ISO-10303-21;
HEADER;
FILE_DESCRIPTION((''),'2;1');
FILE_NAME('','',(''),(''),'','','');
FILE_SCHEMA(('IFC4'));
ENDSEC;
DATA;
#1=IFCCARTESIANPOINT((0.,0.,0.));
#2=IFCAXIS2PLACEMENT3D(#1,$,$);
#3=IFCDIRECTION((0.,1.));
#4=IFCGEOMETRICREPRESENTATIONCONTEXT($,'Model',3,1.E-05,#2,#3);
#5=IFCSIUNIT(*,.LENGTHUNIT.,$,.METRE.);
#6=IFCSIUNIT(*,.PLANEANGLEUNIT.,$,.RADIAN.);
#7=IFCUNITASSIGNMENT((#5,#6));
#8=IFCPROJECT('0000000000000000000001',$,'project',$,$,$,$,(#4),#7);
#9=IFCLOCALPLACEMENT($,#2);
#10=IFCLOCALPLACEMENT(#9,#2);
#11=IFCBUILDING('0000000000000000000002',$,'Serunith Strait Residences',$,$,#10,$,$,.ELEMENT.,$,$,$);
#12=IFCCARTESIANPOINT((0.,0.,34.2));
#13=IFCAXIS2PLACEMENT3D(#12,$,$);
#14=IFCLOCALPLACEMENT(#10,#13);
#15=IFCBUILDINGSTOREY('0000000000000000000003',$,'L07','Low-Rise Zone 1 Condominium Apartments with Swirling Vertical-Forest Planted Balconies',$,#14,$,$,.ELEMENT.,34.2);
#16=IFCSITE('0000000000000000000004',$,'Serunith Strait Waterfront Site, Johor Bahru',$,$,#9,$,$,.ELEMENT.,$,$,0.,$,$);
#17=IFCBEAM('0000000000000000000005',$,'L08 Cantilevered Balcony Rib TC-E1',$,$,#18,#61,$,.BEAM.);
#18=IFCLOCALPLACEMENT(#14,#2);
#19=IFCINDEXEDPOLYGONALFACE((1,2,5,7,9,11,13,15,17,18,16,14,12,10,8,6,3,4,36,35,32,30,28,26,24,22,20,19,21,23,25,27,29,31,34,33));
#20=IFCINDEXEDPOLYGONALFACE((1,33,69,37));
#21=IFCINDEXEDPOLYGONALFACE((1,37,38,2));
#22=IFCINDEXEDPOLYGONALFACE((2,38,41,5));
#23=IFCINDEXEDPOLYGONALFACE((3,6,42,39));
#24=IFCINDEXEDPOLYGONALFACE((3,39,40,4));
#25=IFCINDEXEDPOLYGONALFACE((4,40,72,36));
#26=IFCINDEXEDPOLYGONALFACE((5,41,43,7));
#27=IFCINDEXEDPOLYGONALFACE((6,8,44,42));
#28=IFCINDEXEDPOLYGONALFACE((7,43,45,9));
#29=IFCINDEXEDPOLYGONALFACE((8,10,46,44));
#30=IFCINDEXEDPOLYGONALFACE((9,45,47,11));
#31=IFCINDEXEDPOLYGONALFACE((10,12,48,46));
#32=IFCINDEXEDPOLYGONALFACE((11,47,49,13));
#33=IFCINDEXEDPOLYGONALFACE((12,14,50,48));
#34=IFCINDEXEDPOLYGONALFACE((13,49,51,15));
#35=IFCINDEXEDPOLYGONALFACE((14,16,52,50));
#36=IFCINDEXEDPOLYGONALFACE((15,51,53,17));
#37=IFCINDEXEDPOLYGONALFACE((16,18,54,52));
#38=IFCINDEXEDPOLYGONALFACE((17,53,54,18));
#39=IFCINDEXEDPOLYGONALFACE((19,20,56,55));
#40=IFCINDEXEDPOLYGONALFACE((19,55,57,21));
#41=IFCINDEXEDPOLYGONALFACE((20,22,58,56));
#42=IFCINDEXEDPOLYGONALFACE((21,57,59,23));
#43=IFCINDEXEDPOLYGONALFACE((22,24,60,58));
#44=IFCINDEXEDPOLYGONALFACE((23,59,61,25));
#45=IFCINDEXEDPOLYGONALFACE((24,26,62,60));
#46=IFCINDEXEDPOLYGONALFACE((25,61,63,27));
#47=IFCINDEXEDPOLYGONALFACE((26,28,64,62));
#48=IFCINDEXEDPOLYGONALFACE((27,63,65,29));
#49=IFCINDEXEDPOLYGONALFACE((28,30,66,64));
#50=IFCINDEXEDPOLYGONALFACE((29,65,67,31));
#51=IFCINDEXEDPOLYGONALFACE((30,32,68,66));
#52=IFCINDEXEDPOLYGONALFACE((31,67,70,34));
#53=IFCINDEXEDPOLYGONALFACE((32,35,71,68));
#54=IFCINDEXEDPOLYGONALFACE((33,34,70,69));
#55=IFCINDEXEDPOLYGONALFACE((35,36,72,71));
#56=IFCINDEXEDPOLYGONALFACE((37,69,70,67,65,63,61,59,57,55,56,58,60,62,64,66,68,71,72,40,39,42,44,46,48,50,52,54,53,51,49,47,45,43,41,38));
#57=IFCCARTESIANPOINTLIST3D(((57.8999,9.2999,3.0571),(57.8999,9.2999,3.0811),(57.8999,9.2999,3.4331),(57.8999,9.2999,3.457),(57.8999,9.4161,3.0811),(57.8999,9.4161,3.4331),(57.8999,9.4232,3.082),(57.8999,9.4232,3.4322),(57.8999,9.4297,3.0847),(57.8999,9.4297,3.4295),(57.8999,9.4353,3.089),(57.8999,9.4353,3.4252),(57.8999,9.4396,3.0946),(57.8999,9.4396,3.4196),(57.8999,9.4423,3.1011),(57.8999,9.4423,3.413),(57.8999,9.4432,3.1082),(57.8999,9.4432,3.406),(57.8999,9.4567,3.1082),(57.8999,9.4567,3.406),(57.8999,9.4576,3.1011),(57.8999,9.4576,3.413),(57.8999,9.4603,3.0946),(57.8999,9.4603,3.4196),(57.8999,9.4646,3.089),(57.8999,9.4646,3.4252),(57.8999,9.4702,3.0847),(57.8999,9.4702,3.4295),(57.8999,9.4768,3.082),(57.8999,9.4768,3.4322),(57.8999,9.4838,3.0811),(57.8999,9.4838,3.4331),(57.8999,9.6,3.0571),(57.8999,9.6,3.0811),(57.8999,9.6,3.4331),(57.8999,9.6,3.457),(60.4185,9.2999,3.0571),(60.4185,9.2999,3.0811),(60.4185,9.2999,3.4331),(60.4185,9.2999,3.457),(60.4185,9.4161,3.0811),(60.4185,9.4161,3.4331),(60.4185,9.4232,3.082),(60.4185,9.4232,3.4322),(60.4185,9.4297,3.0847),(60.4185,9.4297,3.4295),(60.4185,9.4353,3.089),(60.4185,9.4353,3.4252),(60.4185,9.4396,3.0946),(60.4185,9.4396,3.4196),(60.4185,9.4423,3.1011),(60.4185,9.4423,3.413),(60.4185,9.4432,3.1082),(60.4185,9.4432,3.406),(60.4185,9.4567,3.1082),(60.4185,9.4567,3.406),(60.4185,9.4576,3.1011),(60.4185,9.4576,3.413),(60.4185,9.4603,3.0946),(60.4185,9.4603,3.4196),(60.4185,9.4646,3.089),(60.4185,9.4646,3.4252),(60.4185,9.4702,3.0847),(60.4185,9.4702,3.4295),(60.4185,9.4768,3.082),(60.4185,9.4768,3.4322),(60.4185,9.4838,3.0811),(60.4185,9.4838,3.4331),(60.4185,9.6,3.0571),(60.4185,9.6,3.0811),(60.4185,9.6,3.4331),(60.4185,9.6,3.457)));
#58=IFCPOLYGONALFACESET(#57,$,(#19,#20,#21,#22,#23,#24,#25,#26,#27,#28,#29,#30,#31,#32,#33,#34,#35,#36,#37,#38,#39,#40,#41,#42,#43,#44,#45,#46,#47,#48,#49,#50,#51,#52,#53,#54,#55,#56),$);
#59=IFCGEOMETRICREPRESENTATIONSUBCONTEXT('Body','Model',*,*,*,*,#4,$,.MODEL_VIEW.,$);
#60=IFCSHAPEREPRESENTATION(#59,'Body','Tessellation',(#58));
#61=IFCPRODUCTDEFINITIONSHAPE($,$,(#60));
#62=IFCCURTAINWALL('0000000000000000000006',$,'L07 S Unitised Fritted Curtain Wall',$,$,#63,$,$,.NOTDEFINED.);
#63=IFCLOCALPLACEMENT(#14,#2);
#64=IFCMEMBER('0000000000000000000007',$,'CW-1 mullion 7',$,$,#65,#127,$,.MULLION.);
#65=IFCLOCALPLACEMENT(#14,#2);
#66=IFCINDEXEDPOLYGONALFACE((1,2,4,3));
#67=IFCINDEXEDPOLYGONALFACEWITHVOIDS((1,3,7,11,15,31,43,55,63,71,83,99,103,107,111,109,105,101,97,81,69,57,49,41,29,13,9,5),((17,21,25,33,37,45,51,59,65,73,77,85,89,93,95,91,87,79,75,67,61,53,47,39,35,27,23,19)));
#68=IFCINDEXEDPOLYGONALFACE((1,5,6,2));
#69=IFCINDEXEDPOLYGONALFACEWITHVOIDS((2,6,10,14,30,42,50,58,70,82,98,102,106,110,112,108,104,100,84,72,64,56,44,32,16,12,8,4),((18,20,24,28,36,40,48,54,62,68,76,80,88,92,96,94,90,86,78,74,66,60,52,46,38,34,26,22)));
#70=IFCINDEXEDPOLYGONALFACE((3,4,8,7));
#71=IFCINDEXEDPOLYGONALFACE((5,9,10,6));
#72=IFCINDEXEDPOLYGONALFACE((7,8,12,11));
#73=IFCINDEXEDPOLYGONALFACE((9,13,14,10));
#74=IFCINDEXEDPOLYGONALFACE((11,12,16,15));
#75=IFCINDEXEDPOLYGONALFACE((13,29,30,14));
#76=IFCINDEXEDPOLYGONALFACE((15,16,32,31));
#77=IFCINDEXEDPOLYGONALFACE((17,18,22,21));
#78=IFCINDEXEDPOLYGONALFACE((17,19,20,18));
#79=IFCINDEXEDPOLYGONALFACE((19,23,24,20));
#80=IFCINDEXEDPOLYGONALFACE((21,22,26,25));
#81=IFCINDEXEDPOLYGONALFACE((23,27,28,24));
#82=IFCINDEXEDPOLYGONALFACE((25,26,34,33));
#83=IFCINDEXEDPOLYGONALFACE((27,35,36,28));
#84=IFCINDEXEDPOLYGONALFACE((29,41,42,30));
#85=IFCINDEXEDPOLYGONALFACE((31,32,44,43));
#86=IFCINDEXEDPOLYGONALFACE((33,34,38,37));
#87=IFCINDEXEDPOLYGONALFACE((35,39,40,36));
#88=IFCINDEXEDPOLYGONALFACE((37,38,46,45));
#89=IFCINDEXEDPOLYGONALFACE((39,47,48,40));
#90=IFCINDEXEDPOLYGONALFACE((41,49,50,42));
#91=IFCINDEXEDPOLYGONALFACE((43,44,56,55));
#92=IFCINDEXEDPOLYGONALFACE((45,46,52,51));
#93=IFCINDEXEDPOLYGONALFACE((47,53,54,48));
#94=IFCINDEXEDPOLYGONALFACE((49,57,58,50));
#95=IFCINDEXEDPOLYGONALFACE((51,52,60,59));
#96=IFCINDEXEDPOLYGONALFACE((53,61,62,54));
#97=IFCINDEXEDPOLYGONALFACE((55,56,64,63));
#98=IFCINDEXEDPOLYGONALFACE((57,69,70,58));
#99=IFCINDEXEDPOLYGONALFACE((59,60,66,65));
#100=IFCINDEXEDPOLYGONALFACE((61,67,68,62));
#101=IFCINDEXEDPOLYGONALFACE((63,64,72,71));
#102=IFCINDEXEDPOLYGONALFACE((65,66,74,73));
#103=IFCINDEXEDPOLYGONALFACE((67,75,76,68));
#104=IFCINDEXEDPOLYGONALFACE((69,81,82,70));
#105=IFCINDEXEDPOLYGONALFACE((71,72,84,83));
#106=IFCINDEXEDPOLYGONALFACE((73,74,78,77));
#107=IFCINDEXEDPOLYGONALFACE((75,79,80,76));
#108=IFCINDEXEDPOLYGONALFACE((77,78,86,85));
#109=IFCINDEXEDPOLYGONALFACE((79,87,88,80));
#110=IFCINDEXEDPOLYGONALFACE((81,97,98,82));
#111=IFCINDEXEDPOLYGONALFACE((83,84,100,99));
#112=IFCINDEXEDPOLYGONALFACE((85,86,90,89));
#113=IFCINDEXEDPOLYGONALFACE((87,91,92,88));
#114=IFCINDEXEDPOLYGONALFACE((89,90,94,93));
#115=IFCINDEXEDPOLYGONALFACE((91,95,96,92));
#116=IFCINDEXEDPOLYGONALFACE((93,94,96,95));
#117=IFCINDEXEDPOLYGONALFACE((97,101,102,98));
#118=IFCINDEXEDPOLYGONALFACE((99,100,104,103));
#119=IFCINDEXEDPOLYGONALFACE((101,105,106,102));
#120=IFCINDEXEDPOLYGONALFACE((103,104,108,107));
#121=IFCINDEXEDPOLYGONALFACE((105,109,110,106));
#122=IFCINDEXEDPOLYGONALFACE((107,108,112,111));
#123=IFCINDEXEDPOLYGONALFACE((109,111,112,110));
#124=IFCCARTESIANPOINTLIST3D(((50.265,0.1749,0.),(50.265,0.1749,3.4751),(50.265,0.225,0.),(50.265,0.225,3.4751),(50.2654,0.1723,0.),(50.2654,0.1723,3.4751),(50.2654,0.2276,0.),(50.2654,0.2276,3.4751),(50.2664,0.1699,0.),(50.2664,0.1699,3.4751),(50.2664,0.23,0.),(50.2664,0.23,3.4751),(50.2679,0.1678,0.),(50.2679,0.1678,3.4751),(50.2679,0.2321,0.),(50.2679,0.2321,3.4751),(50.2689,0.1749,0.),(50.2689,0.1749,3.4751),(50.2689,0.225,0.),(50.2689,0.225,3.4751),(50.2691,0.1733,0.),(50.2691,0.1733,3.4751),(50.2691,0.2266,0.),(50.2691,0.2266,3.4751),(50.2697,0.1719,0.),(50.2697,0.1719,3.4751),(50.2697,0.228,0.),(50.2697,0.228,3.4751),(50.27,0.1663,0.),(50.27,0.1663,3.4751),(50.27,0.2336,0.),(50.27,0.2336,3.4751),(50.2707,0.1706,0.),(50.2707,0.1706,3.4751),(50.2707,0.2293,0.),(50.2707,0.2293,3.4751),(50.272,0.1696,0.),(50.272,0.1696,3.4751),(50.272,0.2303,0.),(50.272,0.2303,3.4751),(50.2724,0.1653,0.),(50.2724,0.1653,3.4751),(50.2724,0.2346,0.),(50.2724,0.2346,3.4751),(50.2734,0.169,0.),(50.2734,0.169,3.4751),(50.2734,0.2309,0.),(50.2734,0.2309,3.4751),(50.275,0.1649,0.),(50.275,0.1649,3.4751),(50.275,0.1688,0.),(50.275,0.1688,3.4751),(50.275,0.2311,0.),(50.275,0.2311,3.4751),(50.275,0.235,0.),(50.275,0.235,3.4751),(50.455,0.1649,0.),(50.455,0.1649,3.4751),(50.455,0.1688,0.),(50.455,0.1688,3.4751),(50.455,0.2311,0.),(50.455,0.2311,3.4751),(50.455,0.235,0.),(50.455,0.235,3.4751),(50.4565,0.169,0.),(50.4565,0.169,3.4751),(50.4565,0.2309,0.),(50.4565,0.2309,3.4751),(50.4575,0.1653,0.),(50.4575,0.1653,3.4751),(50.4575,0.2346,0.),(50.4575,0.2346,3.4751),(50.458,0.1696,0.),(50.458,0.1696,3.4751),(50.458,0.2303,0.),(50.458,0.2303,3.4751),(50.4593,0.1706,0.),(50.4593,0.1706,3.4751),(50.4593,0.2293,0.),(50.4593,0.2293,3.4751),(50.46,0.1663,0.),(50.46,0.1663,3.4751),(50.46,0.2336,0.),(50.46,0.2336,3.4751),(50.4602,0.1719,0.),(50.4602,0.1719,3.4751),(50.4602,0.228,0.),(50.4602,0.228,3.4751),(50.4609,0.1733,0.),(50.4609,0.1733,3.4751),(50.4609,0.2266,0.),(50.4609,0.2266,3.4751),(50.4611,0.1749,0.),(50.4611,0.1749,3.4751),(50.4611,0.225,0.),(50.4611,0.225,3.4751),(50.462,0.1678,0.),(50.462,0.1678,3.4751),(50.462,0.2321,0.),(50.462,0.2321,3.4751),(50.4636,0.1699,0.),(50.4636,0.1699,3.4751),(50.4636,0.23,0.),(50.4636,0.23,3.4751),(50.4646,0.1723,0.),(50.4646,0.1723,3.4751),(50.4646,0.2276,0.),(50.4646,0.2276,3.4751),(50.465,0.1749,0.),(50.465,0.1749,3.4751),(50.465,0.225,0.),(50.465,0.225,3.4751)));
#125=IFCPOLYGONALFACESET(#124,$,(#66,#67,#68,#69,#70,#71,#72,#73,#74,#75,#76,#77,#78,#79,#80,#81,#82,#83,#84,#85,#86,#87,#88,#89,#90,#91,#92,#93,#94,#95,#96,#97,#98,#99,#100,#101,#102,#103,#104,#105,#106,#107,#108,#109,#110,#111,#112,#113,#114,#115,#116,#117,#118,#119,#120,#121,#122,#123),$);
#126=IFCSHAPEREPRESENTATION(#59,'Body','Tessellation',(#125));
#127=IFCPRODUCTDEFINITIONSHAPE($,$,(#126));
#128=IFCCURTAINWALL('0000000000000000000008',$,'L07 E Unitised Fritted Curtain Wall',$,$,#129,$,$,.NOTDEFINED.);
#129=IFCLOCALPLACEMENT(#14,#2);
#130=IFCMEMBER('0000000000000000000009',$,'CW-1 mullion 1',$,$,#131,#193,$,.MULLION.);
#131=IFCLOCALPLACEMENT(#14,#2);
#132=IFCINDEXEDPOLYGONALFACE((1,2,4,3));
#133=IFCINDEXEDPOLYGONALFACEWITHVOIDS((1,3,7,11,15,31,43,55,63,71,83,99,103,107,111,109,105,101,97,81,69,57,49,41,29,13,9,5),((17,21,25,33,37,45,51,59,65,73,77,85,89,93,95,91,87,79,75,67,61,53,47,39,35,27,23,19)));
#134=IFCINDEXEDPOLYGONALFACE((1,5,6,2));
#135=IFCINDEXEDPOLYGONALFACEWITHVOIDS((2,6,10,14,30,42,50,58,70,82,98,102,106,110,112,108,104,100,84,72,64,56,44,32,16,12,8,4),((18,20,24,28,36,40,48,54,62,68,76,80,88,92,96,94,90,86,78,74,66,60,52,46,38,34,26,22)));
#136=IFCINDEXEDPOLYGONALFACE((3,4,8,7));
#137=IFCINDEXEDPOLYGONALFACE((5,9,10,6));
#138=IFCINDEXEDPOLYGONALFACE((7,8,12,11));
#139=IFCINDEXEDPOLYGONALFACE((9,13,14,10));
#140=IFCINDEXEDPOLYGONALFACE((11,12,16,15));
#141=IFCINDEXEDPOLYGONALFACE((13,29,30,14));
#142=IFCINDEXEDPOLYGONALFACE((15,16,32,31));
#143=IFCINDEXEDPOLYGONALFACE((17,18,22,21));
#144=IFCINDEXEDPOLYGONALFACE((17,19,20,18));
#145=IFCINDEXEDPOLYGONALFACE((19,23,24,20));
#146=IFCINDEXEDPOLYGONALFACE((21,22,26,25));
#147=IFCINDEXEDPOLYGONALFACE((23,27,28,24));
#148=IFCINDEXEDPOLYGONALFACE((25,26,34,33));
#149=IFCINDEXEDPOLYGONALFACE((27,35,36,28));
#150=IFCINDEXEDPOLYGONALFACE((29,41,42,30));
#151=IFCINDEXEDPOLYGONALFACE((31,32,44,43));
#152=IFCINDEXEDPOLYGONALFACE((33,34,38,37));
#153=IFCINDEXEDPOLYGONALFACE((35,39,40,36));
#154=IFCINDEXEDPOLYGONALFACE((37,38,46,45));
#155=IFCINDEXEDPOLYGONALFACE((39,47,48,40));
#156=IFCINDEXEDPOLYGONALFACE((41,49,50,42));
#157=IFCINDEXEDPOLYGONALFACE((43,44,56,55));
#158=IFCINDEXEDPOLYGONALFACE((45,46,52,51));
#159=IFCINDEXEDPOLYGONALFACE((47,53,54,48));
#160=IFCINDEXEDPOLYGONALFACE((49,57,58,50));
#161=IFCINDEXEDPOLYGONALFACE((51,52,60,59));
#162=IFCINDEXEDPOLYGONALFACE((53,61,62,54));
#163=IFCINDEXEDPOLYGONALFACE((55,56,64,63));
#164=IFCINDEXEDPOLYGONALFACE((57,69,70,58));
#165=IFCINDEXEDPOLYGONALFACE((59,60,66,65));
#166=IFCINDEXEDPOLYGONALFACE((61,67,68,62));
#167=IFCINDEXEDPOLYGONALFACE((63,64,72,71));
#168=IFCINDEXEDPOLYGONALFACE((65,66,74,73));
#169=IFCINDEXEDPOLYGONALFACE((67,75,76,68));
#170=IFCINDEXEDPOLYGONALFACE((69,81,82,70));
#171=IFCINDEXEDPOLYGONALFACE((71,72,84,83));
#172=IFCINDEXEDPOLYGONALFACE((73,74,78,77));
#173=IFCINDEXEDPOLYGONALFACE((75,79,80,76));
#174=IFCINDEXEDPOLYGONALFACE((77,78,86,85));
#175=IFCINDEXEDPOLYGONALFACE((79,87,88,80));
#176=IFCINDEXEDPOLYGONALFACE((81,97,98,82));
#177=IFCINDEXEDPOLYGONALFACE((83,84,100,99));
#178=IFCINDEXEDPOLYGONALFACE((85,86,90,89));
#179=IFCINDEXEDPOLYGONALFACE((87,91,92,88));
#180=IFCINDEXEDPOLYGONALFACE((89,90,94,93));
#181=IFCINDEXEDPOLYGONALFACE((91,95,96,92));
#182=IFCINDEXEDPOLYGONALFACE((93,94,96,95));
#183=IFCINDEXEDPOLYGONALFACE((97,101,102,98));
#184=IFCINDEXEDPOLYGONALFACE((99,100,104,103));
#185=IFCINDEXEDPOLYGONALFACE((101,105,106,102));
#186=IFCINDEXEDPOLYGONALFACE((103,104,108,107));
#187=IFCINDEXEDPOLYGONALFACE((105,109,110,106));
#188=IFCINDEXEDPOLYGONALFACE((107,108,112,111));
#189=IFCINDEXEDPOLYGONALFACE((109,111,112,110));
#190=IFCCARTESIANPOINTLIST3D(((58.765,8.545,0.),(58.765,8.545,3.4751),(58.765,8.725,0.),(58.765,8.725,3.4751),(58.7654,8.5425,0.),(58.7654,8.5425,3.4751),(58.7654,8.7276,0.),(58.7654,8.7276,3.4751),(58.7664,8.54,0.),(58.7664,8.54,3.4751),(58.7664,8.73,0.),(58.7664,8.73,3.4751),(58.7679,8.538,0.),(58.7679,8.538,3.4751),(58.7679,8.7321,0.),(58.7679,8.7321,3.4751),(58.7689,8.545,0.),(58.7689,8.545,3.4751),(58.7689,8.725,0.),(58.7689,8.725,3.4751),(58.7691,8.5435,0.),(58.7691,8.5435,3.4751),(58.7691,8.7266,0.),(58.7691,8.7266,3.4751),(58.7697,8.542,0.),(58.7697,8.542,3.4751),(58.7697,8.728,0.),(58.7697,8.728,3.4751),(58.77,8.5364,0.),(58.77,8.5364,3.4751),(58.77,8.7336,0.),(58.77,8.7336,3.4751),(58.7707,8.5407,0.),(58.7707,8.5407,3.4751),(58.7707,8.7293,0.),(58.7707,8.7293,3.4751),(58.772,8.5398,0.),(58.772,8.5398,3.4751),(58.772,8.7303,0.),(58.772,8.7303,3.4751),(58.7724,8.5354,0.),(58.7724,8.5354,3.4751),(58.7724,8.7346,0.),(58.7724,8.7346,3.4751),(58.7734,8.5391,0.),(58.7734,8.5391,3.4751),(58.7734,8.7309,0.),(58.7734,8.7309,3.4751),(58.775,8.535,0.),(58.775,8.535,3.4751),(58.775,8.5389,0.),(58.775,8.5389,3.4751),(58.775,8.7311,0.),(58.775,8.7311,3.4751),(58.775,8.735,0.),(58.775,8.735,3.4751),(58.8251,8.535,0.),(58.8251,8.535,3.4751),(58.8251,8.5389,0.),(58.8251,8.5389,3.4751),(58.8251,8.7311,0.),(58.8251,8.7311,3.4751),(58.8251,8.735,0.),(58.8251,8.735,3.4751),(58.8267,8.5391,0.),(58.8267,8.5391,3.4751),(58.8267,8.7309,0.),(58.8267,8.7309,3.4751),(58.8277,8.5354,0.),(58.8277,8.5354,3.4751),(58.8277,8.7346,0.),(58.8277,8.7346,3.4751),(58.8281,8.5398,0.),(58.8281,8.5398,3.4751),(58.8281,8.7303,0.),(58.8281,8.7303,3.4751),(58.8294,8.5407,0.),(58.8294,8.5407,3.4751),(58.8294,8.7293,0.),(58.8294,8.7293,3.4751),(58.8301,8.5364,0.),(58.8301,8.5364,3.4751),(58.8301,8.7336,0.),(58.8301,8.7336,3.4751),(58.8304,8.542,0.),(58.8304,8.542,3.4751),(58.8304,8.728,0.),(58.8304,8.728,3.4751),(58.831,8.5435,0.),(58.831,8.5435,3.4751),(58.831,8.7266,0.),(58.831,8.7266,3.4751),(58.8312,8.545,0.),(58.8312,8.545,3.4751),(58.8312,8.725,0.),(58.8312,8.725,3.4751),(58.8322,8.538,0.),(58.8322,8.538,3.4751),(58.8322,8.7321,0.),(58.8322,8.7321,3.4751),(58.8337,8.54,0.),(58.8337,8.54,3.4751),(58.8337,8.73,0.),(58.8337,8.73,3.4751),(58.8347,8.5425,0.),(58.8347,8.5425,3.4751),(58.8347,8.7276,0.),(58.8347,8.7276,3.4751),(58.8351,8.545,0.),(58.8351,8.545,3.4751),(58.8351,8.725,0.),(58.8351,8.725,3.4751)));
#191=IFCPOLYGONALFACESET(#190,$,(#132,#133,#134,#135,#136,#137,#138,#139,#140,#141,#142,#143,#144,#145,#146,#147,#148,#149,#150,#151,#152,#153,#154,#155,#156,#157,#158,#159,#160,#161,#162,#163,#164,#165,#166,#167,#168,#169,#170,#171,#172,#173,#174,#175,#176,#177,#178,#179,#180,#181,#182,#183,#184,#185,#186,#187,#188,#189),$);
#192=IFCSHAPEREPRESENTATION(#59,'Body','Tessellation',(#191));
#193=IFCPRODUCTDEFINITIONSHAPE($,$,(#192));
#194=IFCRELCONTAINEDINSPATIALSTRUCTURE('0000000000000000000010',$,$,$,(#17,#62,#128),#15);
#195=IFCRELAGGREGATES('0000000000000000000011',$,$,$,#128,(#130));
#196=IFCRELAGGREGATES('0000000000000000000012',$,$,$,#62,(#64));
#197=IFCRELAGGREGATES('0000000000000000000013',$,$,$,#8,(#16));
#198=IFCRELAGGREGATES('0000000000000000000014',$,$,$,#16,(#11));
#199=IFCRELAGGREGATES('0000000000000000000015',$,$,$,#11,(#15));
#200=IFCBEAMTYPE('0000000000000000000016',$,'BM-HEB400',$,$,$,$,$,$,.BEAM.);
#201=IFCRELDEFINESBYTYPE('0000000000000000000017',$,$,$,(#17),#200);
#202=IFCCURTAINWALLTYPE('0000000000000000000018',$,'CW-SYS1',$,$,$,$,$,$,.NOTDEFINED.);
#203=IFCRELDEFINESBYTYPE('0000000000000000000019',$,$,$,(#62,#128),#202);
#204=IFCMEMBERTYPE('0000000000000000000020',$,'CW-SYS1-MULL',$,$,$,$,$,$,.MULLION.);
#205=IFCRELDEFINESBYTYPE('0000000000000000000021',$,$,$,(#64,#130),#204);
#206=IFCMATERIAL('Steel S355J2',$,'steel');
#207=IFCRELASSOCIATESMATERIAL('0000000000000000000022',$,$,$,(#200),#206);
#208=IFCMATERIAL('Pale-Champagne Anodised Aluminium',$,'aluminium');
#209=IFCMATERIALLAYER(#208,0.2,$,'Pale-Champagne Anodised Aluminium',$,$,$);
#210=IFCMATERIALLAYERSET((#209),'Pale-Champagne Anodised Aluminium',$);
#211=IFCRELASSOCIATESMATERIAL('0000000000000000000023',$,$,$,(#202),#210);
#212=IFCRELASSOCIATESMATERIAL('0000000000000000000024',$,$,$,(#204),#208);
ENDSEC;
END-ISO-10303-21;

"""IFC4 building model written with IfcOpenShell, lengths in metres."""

from ifc_helpers import new_model, si_unit, direction, frame, origin, origin_2d, place, context, subcontext, project, spatial, hollow_rectangle, i_section, extrude, source, transform, mapped, material, layer, layer_set, material_profile, profile_set, type_object, element, aggregate, save


model = new_model("IFC4")

# Units and contexts
model_context = context("Model", 3, precision=1e-05, world=origin(), true_north=direction((0.0, 1.0)))
body_context = subcontext(model_context, "Body", "Model", "MODEL_VIEW")
ifc_project = project(units=[si_unit("LENGTHUNIT", "METRE"), si_unit("PLANEANGLEUNIT", "RADIAN")], contexts=[model_context])

# Site, building, storey
site_placement = place(None, origin())
site = spatial("IfcSite", under=ifc_project, at=site_placement, Name="Serunith Strait Waterfront Site, Johor Bahru", CompositionType="ELEMENT", RefElevation=0.0)
building_placement = place(site_placement, origin())
building = spatial("IfcBuilding", under=site, at=building_placement, Name="Serunith Strait Residences", CompositionType="ELEMENT")
storey_placement = place(building_placement, frame((0.0, 0.0, 34.2)))
storey = spatial("IfcBuildingStorey", under=building, at=storey_placement, Name="L07", Description="Low-Rise Zone 1 Condominium Apartments with Swirling Vertical-Forest Planted Balconies", CompositionType="ELEMENT", Elevation=34.2)

# Beam
ifc_material_1 = material(Name="Steel S355J2", Category="steel")
ifc_material_profile_1 = material_profile(ifc_material_1, i_section(OverallWidth=0.3, OverallDepth=0.3999, WebThickness=0.0134, FlangeThickness=0.0239, FilletRadius=0.0271, at=origin_2d()), Name="HEB 400")
ifc_profile_set_1 = profile_set([ifc_material_profile_1], Name="Steel S355J2")
beam_type_1 = type_object("IfcBeamType", Name="BM-HEB400", PredefinedType="BEAM", material=ifc_profile_set_1)
shared_shape_1 = source(origin(), body_context, "Body", "SweptSolid", [
    extrude(i_section(OverallWidth=0.3, OverallDepth=0.3999, WebThickness=0.0134, FlangeThickness=0.0239, FilletRadius=0.0271, at=origin_2d()), origin(), (0.0, 0.0, 1.0), 2.5186),
])
beam_1_placement = place(storey_placement, frame((57.8999, 9.45, 3.2571), z_axis=(1.0, 0.0, 0.0), x_axis=(0.0, 1.0, 0.0)))
element("IfcBeam", 1, at=beam_1_placement, inside=storey, type_object=beam_type_1, Name="L08 Cantilevered Balcony Rib TC-E1", PredefinedType="BEAM", context=body_context, shape_type="MappedRepresentation", body=[
    mapped(shared_shape_1, transform((0.0, 0.0, 0.0), scale=1.0)),
])

# Curtain wall, member
ifc_material_2 = material(Name="Pale-Champagne Anodised Aluminium", Category="aluminium")
ifc_layer_1 = layer(ifc_material_2, 0.2, Name="Pale-Champagne Anodised Aluminium")
ifc_layer_set_1 = layer_set([ifc_layer_1], Name="Pale-Champagne Anodised Aluminium")
curtain_wall_type = type_object("IfcCurtainWallType", Name="CW-SYS1", PredefinedType="NOTDEFINED", material=ifc_layer_set_1)
curtain_wall_1_placement = place(storey_placement, origin())
curtain_wall_1 = element("IfcCurtainWall", 2, at=curtain_wall_1_placement, inside=storey, type_object=curtain_wall_type, Name="L07 S Unitised Fritted Curtain Wall", PredefinedType="NOTDEFINED")
ifc_material_profile_2 = material_profile(ifc_material_2, hollow_rectangle(XDim=0.0701, YDim=0.2, WallThickness=0.0039, InnerFilletRadius=0.0061, OuterFilletRadius=0.01, at=origin_2d()), Name="ALU 200x70x4")
ifc_profile_set_2 = profile_set([ifc_material_profile_2], Name="Pale-Champagne Anodised Aluminium")
member_type_1 = type_object("IfcMemberType", Name="CW-SYS1-MULL", PredefinedType="MULLION", material=ifc_profile_set_2)
shared_shape_2 = source(origin(), body_context, "Body", "SweptSolid", [
    extrude(hollow_rectangle(XDim=0.0701, YDim=0.2, WallThickness=0.0039, InnerFilletRadius=0.0061, OuterFilletRadius=0.01, at=origin_2d()), origin(), (0.0, 0.0, 1.0), 3.4751),
])
member_1_placement = place(storey_placement, frame((50.365, 0.2, 0.0), z_axis=(0.0, 0.0, 1.0), x_axis=(0.0, 1.0, 0.0)))
member_1 = element("IfcMember", 3, at=member_1_placement, type_object=member_type_1, Name="CW-1 mullion 7", PredefinedType="MULLION", context=body_context, shape_type="MappedRepresentation", body=[
    mapped(shared_shape_2, transform((0.0, 0.0, 0.0), scale=1.0)),
])

# Curtain wall, member
curtain_wall_2_placement = place(storey_placement, origin())
curtain_wall_2 = element("IfcCurtainWall", 4, at=curtain_wall_2_placement, inside=storey, type_object=curtain_wall_type, Name="L07 E Unitised Fritted Curtain Wall", PredefinedType="NOTDEFINED")
member_2_placement = place(storey_placement, frame((58.8, 8.635, 0.0), z_axis=(0.0, 0.0, 1.0), x_axis=(-1.0, 0.0, 0.0)))
member_2 = element("IfcMember", 5, at=member_2_placement, type_object=member_type_1, Name="CW-1 mullion 1", PredefinedType="MULLION", context=body_context, shape_type="MappedRepresentation", body=[
    mapped(shared_shape_2, transform((0.0, 0.0, 0.0), scale=1.0)),
])
aggregate(curtain_wall_2, [member_2])

aggregate(curtain_wall_1, [member_1])

save(model, "model.ifc")
